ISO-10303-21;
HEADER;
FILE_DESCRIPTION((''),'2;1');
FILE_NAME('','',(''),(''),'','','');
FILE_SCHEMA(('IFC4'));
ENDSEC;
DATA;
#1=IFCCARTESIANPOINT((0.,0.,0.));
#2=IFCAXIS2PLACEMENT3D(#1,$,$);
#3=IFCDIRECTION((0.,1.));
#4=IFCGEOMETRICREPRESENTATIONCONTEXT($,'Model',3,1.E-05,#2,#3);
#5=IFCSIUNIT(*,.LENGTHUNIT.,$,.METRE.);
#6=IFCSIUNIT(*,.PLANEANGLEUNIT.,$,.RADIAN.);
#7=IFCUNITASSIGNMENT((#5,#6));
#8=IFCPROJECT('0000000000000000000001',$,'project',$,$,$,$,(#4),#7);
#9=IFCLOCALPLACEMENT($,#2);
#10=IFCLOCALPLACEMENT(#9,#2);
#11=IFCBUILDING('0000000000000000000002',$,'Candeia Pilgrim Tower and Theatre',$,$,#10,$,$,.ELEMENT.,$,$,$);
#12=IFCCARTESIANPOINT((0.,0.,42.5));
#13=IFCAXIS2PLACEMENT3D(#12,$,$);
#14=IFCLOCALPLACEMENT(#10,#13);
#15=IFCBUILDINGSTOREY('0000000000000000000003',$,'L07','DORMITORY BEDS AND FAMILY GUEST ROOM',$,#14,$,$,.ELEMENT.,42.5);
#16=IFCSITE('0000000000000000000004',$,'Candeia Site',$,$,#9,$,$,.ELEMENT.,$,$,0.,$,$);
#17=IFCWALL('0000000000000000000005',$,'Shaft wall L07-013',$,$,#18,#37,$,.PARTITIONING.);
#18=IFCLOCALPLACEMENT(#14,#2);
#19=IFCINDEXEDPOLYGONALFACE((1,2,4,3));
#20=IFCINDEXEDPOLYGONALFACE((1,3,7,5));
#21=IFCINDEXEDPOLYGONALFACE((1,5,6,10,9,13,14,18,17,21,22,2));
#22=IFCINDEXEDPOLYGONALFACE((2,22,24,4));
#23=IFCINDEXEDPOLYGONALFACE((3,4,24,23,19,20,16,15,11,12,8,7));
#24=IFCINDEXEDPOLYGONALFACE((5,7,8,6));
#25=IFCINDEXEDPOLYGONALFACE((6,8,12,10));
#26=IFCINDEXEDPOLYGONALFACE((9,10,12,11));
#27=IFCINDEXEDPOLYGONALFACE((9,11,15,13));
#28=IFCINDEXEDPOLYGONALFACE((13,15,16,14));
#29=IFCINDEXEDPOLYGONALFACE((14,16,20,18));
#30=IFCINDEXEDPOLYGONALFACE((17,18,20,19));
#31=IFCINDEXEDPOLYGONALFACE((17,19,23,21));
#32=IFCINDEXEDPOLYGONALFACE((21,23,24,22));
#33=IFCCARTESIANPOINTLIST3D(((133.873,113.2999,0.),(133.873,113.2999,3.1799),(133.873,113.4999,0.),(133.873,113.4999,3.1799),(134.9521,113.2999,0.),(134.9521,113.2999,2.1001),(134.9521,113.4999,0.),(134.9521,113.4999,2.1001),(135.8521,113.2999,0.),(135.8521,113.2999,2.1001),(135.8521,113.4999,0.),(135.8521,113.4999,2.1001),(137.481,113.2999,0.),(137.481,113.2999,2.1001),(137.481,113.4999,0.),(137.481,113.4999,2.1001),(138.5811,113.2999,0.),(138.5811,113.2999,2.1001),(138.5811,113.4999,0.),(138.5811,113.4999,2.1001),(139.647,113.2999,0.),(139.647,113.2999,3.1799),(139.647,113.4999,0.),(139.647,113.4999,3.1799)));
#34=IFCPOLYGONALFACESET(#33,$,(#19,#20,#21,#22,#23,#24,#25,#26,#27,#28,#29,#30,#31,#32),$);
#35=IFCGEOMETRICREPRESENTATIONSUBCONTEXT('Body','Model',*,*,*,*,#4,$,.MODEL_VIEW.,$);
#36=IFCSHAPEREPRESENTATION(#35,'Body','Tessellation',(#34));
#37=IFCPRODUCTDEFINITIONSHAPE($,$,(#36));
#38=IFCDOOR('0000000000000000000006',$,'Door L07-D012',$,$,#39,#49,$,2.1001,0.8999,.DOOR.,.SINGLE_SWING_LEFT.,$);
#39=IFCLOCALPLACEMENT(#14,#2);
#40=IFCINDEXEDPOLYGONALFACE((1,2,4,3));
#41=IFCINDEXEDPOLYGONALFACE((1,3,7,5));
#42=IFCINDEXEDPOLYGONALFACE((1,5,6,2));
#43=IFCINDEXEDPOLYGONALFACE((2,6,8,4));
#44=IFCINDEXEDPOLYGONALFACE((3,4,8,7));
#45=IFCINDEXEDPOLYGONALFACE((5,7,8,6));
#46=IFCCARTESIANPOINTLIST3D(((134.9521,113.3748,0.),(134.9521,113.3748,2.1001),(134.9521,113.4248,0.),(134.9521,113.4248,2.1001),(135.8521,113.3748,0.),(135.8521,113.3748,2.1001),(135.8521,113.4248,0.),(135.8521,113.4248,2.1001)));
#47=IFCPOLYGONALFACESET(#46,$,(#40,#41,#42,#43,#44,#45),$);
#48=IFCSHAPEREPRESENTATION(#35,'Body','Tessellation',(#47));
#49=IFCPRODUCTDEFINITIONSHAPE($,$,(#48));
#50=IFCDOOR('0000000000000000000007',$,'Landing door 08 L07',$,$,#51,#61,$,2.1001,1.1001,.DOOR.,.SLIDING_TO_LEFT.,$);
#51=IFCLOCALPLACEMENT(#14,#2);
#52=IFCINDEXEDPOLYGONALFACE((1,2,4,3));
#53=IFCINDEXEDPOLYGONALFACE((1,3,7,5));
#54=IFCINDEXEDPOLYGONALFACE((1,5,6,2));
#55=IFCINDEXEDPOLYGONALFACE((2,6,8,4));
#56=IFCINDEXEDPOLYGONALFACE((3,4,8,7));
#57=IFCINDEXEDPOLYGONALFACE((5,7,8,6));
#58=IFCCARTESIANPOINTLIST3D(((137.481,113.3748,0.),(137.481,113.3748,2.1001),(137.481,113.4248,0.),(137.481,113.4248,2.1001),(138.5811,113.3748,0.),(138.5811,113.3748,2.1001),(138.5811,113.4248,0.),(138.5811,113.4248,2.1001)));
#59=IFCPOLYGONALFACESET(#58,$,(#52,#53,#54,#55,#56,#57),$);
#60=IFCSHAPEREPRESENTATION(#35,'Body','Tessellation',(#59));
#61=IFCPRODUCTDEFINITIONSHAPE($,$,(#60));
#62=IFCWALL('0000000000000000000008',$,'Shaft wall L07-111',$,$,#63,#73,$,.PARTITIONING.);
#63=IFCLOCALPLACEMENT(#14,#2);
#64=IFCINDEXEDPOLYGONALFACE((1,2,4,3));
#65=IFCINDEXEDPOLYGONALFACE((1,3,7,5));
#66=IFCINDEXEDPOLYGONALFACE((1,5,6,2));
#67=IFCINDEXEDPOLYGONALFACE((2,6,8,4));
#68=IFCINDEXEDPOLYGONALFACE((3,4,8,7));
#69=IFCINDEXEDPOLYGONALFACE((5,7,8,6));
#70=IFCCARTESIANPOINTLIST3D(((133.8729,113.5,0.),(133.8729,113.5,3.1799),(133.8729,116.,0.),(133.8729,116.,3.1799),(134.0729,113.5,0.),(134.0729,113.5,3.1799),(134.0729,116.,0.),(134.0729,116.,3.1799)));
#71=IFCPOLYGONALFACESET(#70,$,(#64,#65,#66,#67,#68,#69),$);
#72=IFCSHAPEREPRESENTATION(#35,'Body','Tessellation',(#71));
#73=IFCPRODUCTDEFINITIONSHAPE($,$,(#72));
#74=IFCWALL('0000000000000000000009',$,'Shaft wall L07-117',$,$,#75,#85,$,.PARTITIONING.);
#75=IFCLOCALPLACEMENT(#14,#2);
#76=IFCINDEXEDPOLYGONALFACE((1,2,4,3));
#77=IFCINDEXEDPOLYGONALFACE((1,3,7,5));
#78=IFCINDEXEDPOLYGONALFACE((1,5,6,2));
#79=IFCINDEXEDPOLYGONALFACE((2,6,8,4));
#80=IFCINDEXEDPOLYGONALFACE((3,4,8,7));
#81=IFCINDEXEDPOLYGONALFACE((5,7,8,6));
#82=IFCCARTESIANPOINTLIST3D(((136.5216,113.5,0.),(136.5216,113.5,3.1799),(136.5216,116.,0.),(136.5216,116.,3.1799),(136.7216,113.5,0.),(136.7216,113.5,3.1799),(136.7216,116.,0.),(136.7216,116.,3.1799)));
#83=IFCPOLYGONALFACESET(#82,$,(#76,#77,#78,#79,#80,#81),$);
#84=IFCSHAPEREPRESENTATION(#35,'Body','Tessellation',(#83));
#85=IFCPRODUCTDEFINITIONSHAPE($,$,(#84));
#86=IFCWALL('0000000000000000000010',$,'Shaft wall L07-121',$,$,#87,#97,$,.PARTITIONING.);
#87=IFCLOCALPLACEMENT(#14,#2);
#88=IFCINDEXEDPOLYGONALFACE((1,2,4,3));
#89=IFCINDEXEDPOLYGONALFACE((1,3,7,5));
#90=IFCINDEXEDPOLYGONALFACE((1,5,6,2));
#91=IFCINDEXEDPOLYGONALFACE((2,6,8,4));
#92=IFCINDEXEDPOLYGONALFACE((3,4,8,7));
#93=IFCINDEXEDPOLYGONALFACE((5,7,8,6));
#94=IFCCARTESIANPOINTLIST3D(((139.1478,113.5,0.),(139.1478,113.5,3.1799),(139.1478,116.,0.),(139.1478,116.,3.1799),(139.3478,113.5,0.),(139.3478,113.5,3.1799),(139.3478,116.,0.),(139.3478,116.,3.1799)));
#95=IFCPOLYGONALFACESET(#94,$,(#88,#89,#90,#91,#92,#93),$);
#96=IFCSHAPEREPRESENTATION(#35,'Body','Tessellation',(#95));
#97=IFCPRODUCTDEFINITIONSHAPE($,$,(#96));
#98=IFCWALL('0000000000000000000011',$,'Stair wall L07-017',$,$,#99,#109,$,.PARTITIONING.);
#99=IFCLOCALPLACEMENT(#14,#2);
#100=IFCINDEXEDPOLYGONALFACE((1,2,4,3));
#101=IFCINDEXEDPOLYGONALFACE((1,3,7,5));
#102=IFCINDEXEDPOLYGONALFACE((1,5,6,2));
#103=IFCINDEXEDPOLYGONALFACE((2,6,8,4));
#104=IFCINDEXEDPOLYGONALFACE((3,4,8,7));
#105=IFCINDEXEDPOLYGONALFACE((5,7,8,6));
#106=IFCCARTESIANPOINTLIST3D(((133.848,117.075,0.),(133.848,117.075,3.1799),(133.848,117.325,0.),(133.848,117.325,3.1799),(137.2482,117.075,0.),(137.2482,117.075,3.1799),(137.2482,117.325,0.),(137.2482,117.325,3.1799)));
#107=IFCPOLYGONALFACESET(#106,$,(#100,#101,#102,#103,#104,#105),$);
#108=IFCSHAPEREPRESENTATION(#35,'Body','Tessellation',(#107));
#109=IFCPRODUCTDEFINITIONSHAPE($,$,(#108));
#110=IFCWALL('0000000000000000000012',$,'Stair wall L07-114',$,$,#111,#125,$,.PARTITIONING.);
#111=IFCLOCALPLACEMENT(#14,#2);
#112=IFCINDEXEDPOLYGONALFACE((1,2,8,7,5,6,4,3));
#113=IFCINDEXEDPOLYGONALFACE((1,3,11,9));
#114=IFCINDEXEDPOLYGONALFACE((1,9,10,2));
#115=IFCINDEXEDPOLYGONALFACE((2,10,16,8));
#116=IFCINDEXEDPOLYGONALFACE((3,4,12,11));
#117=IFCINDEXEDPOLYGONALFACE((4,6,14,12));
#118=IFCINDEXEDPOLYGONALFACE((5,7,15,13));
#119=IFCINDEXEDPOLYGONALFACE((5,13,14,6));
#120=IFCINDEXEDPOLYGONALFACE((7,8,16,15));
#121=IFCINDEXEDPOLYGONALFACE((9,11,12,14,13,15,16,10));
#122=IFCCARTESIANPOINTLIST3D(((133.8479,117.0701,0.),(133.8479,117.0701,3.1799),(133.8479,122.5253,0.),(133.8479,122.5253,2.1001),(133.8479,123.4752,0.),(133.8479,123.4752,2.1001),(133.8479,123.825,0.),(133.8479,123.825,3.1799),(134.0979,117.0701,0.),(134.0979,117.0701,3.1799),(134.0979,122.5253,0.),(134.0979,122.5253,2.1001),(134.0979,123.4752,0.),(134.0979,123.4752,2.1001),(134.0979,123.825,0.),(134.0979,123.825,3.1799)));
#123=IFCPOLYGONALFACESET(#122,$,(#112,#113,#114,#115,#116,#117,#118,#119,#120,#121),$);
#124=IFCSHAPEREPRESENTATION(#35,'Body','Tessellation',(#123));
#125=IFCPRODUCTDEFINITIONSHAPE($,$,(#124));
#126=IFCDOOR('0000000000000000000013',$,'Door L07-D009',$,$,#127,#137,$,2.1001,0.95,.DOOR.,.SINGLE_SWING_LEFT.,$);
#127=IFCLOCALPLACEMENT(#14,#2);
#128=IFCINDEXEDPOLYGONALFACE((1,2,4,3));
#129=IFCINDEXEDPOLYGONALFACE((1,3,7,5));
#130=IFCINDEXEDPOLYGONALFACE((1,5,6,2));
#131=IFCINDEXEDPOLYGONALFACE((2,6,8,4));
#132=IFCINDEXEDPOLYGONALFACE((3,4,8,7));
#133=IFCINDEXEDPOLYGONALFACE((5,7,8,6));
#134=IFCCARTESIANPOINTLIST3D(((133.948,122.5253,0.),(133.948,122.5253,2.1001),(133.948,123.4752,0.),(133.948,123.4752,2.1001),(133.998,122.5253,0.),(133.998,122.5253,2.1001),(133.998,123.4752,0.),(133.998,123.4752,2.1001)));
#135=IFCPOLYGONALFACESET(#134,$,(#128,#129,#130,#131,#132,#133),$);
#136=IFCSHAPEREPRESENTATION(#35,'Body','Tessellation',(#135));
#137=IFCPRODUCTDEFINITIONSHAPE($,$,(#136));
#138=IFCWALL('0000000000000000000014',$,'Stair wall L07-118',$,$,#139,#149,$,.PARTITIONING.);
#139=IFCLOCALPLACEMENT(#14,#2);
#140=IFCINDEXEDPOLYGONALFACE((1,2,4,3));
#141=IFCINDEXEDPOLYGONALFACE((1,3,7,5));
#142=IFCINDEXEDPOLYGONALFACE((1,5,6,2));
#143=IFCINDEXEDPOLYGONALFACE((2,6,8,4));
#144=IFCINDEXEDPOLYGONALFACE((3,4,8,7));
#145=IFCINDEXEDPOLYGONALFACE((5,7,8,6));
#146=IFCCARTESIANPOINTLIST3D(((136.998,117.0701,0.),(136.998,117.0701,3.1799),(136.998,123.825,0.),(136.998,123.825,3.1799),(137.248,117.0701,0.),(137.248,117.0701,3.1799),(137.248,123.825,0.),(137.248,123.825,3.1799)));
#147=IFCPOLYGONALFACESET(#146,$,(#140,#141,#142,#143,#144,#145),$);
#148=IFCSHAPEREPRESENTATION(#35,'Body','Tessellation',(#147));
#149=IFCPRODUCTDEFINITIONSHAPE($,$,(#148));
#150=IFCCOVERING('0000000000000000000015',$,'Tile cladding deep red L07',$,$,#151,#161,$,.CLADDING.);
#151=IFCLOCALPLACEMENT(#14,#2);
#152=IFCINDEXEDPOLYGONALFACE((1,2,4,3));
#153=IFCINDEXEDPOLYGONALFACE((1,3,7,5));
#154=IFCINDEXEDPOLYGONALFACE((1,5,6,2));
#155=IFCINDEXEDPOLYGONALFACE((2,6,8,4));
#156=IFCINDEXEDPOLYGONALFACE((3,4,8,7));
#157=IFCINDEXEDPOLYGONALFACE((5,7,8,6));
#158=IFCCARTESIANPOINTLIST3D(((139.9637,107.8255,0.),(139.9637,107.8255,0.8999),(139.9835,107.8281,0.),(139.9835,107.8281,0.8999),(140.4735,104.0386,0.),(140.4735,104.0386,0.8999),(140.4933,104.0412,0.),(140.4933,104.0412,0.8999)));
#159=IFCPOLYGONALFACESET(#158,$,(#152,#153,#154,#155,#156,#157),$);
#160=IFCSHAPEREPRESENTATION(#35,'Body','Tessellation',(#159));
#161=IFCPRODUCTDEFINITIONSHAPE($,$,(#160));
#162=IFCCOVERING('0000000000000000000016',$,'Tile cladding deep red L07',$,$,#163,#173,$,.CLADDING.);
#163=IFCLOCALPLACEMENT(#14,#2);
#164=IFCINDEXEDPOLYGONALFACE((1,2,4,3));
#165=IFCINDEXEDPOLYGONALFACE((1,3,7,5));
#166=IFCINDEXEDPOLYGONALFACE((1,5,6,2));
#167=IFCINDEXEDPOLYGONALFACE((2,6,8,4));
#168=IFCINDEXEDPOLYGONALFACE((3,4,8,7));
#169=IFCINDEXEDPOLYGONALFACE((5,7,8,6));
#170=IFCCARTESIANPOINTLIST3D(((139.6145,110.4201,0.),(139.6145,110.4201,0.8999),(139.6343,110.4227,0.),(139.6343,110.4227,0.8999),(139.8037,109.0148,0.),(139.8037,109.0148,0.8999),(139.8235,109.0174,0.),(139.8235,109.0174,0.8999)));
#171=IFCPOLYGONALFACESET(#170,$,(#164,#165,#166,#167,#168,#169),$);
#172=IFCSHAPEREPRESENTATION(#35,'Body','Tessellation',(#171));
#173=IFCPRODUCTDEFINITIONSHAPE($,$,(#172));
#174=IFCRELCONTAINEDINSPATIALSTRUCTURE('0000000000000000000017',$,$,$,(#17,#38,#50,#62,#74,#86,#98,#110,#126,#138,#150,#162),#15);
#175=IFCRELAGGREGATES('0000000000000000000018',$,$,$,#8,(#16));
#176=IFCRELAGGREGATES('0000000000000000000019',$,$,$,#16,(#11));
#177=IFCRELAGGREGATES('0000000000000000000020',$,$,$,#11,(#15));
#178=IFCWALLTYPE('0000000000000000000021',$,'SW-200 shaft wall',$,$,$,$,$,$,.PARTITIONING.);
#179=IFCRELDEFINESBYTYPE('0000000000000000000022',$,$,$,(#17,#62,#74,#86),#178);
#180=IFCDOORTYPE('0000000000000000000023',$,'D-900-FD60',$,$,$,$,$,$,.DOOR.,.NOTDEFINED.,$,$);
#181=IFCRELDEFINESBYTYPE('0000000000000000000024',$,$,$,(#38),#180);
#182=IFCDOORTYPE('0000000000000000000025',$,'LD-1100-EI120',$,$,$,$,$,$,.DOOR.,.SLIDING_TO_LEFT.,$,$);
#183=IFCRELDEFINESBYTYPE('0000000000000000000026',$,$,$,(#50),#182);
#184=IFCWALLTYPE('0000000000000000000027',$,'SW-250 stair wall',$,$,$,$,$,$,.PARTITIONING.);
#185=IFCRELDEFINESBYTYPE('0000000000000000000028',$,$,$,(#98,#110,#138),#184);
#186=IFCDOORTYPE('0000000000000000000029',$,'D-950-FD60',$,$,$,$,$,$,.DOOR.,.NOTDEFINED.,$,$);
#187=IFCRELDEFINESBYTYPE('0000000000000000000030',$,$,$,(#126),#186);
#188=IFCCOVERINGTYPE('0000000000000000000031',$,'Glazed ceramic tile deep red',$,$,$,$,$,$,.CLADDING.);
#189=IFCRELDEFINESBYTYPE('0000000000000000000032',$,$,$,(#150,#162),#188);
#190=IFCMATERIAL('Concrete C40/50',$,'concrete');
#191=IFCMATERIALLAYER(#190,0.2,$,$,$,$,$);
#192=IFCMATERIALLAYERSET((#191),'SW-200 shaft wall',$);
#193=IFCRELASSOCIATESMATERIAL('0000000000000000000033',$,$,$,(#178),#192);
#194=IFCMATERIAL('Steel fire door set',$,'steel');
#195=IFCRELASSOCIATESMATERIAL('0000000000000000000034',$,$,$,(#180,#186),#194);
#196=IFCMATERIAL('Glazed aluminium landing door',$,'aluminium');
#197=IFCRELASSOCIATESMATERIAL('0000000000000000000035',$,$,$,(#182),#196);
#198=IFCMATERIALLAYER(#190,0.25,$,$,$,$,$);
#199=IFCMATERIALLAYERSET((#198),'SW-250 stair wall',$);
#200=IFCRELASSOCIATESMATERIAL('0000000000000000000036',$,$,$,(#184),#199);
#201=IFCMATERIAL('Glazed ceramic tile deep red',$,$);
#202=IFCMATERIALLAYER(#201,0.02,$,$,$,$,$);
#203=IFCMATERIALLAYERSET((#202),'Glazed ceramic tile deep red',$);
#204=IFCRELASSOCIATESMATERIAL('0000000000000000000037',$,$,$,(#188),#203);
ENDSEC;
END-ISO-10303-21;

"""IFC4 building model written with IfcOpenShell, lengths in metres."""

from ifc_helpers import new_model, si_unit, direction, frame, frame_2d, origin, origin_2d, place, context, subcontext, project, spatial, rectangle, extrude, material, layer, layer_set, type_object, element, fill, save


model = new_model("IFC4")

# Units and contexts
model_context = context("Model", 3, precision=1e-05, world=origin(), true_north=direction((0.0, 1.0)))
body_context = subcontext(model_context, "Body", "Model", "MODEL_VIEW")
ifc_project = project(units=[si_unit("LENGTHUNIT", "METRE"), si_unit("PLANEANGLEUNIT", "RADIAN")], contexts=[model_context])

# Site, building, storey
site_placement = place(None, origin())
site = spatial("IfcSite", under=ifc_project, at=site_placement, Name="Candeia Site", CompositionType="ELEMENT", RefElevation=0.0)
building_placement = place(site_placement, origin())
building = spatial("IfcBuilding", under=site, at=building_placement, Name="Candeia Pilgrim Tower and Theatre", CompositionType="ELEMENT")
storey_placement = place(building_placement, frame((0.0, 0.0, 42.5)))
storey = spatial("IfcBuildingStorey", under=building, at=storey_placement, Name="L07", Description="DORMITORY BEDS AND FAMILY GUEST ROOM", CompositionType="ELEMENT", Elevation=42.5)

# Shared definitions
ifc_material_1 = material(Name="Steel fire door set", Category="steel")

# Wall, openings, doors
ifc_material_2 = material(Name="Concrete C40/50", Category="concrete")
ifc_layer_1 = layer(ifc_material_2, 0.2)
ifc_layer_set_1 = layer_set([ifc_layer_1], Name="SW-200 shaft wall")
wall_type_1 = type_object("IfcWallType", Name="SW-200 shaft wall", PredefinedType="PARTITIONING", material=ifc_layer_set_1)
wall_1_placement = place(storey_placement, frame((133.873, 113.3999, 0.0), z_axis=(0.0, 0.0, 1.0), x_axis=(1.0, 0.0, 0.0)))
wall_1 = element("IfcWall", 1, at=wall_1_placement, inside=storey, type_object=wall_type_1, Name="Shaft wall L07-013", PredefinedType="PARTITIONING", context=body_context, shape_type="SweptSolid", body=[
    extrude(rectangle(XDim=5.7739, YDim=0.2, at=frame_2d((2.887, 0.0))), origin(), (0.0, 0.0, 1.0), 3.1799),
])
opening_1_placement = place(wall_1_placement, frame((3.6079, 0.0, 0.0)))
opening_1 = element("IfcOpeningElement", 2, at=opening_1_placement, cuts=wall_1, PredefinedType="OPENING", context=body_context, shape_type="SweptSolid", body=[
    extrude(rectangle(XDim=1.1001, YDim=2.1001, at=frame_2d((0.55, 1.05))), frame((0.0, 0.1099, 0.0), z_axis=(0.0, -1.0, 0.0), x_axis=(1.0, 0.0, 0.0)), (0.0, 0.0, 1.0), 0.22),
])
opening_2_placement = place(wall_1_placement, frame((1.0791, 0.0, 0.0)))
opening_2 = element("IfcOpeningElement", 3, at=opening_2_placement, cuts=wall_1, PredefinedType="OPENING", context=body_context, shape_type="SweptSolid", body=[
    extrude(rectangle(XDim=0.8999, YDim=2.1001, at=frame_2d((0.45, 1.05))), frame((0.0, 0.1099, 0.0), z_axis=(0.0, -1.0, 0.0), x_axis=(1.0, 0.0, 0.0)), (0.0, 0.0, 1.0), 0.22),
])
door_type_1 = type_object("IfcDoorType", Name="D-900-FD60", OperationType="NOTDEFINED", PredefinedType="DOOR", material=ifc_material_1)
door_1_placement = place(opening_2_placement, origin())
door_1 = element("IfcDoor", 4, at=door_1_placement, inside=storey, type_object=door_type_1, Name="Door L07-D012", OperationType="SINGLE_SWING_LEFT", OverallHeight=2.1001, OverallWidth=0.8999, PredefinedType="DOOR", context=body_context, shape_type="SweptSolid", body=[
    extrude(rectangle(XDim=0.8999, YDim=2.1001, at=frame_2d((0.45, 1.05))), frame((0.0, 0.0249, 0.0), z_axis=(0.0, -1.0, 0.0), x_axis=(1.0, 0.0, 0.0)), (0.0, 0.0, 1.0), 0.05),
])
fill(opening_2, door_1)
ifc_material_3 = material(Name="Glazed aluminium landing door", Category="aluminium")
door_type_2 = type_object("IfcDoorType", Name="LD-1100-EI120", OperationType="SLIDING_TO_LEFT", PredefinedType="DOOR", material=ifc_material_3)
door_2_placement = place(opening_1_placement, origin())
door_2 = element("IfcDoor", 5, at=door_2_placement, inside=storey, type_object=door_type_2, Name="Landing door 08 L07", OperationType="SLIDING_TO_LEFT", OverallHeight=2.1001, OverallWidth=1.1001, PredefinedType="DOOR", context=body_context, shape_type="SweptSolid", body=[
    extrude(rectangle(XDim=1.1001, YDim=2.1001, at=frame_2d((0.55, 1.05))), frame((0.0, 0.0249, 0.0), z_axis=(0.0, -1.0, 0.0), x_axis=(1.0, 0.0, 0.0)), (0.0, 0.0, 1.0), 0.05),
])
fill(opening_1, door_2)

# Walls
for number, where, z_axis, x_axis, name in (
    (6, (133.9729, 113.5, 0.0), (0.0, 0.0, 1.0), (0.0, 1.0, 0.0), "Shaft wall L07-111"),
    (7, (136.6216, 113.5, 0.0), (0.0, 0.0, 1.0), (0.0, 1.0, 0.0), "Shaft wall L07-117"),
    (8, (139.2478, 113.5, 0.0), (0.0, 0.0, 1.0), (0.0, 1.0, 0.0), "Shaft wall L07-121"),
):
    element("IfcWall", number, at=place(storey_placement, frame(where, z_axis=z_axis, x_axis=x_axis)), inside=storey, type_object=wall_type_1, Name=name, PredefinedType="PARTITIONING", context=body_context, shape_type="SweptSolid", body=[
        extrude(rectangle(XDim=2.5, YDim=0.2, at=frame_2d((1.25, 0.0))), origin(), (0.0, 0.0, 1.0), 3.1799),
    ])
ifc_layer_2 = layer(ifc_material_2, 0.25)
ifc_layer_set_2 = layer_set([ifc_layer_2], Name="SW-250 stair wall")
wall_type_2 = type_object("IfcWallType", Name="SW-250 stair wall", PredefinedType="PARTITIONING", material=ifc_layer_set_2)
wall_2_placement = place(storey_placement, frame((133.8479, 117.2, 0.0), z_axis=(0.0, 0.0, 1.0), x_axis=(1.0, 0.0, 0.0)))
element("IfcWall", 9, at=wall_2_placement, inside=storey, type_object=wall_type_2, Name="Stair wall L07-017", PredefinedType="PARTITIONING", context=body_context, shape_type="SweptSolid", body=[
    extrude(rectangle(XDim=3.4001, YDim=0.25, at=frame_2d((1.7002, 0.0))), origin(), (0.0, 0.0, 1.0), 3.1799),
])

# Wall, opening, door
wall_3_placement = place(storey_placement, frame((133.9729, 117.0701, 0.0), z_axis=(0.0, 0.0, 1.0), x_axis=(0.0, 1.0, 0.0)))
wall_3 = element("IfcWall", 10, at=wall_3_placement, inside=storey, type_object=wall_type_2, Name="Stair wall L07-114", PredefinedType="PARTITIONING", context=body_context, shape_type="SweptSolid", body=[
    extrude(rectangle(XDim=6.7549, YDim=0.25, at=frame_2d((3.3774, 0.0))), origin(), (0.0, 0.0, 1.0), 3.1799),
])
opening_3_placement = place(wall_3_placement, frame((5.4551, 0.0, 0.0)))
opening_3 = element("IfcOpeningElement", 11, at=opening_3_placement, cuts=wall_3, PredefinedType="OPENING", context=body_context, shape_type="SweptSolid", body=[
    extrude(rectangle(XDim=0.95, YDim=2.1001, at=frame_2d((0.4751, 1.05))), frame((0.0, 0.135, 0.0), z_axis=(0.0, -1.0, 0.0), x_axis=(1.0, 0.0, 0.0)), (0.0, 0.0, 1.0), 0.27),
])
door_type_3 = type_object("IfcDoorType", Name="D-950-FD60", OperationType="NOTDEFINED", PredefinedType="DOOR", material=ifc_material_1)
door_3_placement = place(opening_3_placement, origin())
door_3 = element("IfcDoor", 12, at=door_3_placement, inside=storey, type_object=door_type_3, Name="Door L07-D009", OperationType="SINGLE_SWING_LEFT", OverallHeight=2.1001, OverallWidth=0.95, PredefinedType="DOOR", context=body_context, shape_type="SweptSolid", body=[
    extrude(rectangle(XDim=0.95, YDim=2.1001, at=frame_2d((0.4751, 1.05))), frame((0.0, 0.0249, 0.0), z_axis=(0.0, -1.0, 0.0), x_axis=(1.0, 0.0, 0.0)), (0.0, 0.0, 1.0), 0.05),
])
fill(opening_3, door_3)

# Wall
wall_4_placement = place(storey_placement, frame((137.123, 117.0701, 0.0), z_axis=(0.0, 0.0, 1.0), x_axis=(0.0, 1.0, 0.0)))
element("IfcWall", 13, at=wall_4_placement, inside=storey, type_object=wall_type_2, Name="Stair wall L07-118", PredefinedType="PARTITIONING", context=body_context, shape_type="SweptSolid", body=[
    extrude(rectangle(XDim=6.7549, YDim=0.25, at=frame_2d((3.3774, 0.0))), origin(), (0.0, 0.0, 1.0), 3.1799),
])

# Coverings
ifc_material_4 = material(Name="Glazed ceramic tile deep red")
ifc_layer_3 = layer(ifc_material_4, 0.02)
ifc_layer_set_3 = layer_set([ifc_layer_3], Name="Glazed ceramic tile deep red")
covering_type = type_object("IfcCoveringType", Name="Glazed ceramic tile deep red", PredefinedType="CLADDING", material=ifc_layer_set_3)
covering_1_placement = place(storey_placement, frame((140.2285, 105.9333, 0.0), z_axis=(0.0, 0.0, 1.0), x_axis=(-0.133412, 0.991061, 0.0)))
element("IfcCovering", 14, at=covering_1_placement, inside=storey, type_object=covering_type, Name="Tile cladding deep red L07", PredefinedType="CLADDING", context=body_context, shape_type="SweptSolid", body=[
    extrude(rectangle(XDim=3.821, YDim=0.02, at=origin_2d()), origin(), (0.0, 0.0, 1.0), 0.8999),
])
covering_2_placement = place(storey_placement, frame((139.719, 109.7188, 0.0), z_axis=(0.0, 0.0, 1.0), x_axis=(-0.133412, 0.991061, 0.0)))
element("IfcCovering", 15, at=covering_2_placement, inside=storey, type_object=covering_type, Name="Tile cladding deep red L07", PredefinedType="CLADDING", context=body_context, shape_type="SweptSolid", body=[
    extrude(rectangle(XDim=1.418, YDim=0.02, at=origin_2d()), origin(), (0.0, 0.0, 1.0), 0.8999),
])

save(model, "model.ifc")
